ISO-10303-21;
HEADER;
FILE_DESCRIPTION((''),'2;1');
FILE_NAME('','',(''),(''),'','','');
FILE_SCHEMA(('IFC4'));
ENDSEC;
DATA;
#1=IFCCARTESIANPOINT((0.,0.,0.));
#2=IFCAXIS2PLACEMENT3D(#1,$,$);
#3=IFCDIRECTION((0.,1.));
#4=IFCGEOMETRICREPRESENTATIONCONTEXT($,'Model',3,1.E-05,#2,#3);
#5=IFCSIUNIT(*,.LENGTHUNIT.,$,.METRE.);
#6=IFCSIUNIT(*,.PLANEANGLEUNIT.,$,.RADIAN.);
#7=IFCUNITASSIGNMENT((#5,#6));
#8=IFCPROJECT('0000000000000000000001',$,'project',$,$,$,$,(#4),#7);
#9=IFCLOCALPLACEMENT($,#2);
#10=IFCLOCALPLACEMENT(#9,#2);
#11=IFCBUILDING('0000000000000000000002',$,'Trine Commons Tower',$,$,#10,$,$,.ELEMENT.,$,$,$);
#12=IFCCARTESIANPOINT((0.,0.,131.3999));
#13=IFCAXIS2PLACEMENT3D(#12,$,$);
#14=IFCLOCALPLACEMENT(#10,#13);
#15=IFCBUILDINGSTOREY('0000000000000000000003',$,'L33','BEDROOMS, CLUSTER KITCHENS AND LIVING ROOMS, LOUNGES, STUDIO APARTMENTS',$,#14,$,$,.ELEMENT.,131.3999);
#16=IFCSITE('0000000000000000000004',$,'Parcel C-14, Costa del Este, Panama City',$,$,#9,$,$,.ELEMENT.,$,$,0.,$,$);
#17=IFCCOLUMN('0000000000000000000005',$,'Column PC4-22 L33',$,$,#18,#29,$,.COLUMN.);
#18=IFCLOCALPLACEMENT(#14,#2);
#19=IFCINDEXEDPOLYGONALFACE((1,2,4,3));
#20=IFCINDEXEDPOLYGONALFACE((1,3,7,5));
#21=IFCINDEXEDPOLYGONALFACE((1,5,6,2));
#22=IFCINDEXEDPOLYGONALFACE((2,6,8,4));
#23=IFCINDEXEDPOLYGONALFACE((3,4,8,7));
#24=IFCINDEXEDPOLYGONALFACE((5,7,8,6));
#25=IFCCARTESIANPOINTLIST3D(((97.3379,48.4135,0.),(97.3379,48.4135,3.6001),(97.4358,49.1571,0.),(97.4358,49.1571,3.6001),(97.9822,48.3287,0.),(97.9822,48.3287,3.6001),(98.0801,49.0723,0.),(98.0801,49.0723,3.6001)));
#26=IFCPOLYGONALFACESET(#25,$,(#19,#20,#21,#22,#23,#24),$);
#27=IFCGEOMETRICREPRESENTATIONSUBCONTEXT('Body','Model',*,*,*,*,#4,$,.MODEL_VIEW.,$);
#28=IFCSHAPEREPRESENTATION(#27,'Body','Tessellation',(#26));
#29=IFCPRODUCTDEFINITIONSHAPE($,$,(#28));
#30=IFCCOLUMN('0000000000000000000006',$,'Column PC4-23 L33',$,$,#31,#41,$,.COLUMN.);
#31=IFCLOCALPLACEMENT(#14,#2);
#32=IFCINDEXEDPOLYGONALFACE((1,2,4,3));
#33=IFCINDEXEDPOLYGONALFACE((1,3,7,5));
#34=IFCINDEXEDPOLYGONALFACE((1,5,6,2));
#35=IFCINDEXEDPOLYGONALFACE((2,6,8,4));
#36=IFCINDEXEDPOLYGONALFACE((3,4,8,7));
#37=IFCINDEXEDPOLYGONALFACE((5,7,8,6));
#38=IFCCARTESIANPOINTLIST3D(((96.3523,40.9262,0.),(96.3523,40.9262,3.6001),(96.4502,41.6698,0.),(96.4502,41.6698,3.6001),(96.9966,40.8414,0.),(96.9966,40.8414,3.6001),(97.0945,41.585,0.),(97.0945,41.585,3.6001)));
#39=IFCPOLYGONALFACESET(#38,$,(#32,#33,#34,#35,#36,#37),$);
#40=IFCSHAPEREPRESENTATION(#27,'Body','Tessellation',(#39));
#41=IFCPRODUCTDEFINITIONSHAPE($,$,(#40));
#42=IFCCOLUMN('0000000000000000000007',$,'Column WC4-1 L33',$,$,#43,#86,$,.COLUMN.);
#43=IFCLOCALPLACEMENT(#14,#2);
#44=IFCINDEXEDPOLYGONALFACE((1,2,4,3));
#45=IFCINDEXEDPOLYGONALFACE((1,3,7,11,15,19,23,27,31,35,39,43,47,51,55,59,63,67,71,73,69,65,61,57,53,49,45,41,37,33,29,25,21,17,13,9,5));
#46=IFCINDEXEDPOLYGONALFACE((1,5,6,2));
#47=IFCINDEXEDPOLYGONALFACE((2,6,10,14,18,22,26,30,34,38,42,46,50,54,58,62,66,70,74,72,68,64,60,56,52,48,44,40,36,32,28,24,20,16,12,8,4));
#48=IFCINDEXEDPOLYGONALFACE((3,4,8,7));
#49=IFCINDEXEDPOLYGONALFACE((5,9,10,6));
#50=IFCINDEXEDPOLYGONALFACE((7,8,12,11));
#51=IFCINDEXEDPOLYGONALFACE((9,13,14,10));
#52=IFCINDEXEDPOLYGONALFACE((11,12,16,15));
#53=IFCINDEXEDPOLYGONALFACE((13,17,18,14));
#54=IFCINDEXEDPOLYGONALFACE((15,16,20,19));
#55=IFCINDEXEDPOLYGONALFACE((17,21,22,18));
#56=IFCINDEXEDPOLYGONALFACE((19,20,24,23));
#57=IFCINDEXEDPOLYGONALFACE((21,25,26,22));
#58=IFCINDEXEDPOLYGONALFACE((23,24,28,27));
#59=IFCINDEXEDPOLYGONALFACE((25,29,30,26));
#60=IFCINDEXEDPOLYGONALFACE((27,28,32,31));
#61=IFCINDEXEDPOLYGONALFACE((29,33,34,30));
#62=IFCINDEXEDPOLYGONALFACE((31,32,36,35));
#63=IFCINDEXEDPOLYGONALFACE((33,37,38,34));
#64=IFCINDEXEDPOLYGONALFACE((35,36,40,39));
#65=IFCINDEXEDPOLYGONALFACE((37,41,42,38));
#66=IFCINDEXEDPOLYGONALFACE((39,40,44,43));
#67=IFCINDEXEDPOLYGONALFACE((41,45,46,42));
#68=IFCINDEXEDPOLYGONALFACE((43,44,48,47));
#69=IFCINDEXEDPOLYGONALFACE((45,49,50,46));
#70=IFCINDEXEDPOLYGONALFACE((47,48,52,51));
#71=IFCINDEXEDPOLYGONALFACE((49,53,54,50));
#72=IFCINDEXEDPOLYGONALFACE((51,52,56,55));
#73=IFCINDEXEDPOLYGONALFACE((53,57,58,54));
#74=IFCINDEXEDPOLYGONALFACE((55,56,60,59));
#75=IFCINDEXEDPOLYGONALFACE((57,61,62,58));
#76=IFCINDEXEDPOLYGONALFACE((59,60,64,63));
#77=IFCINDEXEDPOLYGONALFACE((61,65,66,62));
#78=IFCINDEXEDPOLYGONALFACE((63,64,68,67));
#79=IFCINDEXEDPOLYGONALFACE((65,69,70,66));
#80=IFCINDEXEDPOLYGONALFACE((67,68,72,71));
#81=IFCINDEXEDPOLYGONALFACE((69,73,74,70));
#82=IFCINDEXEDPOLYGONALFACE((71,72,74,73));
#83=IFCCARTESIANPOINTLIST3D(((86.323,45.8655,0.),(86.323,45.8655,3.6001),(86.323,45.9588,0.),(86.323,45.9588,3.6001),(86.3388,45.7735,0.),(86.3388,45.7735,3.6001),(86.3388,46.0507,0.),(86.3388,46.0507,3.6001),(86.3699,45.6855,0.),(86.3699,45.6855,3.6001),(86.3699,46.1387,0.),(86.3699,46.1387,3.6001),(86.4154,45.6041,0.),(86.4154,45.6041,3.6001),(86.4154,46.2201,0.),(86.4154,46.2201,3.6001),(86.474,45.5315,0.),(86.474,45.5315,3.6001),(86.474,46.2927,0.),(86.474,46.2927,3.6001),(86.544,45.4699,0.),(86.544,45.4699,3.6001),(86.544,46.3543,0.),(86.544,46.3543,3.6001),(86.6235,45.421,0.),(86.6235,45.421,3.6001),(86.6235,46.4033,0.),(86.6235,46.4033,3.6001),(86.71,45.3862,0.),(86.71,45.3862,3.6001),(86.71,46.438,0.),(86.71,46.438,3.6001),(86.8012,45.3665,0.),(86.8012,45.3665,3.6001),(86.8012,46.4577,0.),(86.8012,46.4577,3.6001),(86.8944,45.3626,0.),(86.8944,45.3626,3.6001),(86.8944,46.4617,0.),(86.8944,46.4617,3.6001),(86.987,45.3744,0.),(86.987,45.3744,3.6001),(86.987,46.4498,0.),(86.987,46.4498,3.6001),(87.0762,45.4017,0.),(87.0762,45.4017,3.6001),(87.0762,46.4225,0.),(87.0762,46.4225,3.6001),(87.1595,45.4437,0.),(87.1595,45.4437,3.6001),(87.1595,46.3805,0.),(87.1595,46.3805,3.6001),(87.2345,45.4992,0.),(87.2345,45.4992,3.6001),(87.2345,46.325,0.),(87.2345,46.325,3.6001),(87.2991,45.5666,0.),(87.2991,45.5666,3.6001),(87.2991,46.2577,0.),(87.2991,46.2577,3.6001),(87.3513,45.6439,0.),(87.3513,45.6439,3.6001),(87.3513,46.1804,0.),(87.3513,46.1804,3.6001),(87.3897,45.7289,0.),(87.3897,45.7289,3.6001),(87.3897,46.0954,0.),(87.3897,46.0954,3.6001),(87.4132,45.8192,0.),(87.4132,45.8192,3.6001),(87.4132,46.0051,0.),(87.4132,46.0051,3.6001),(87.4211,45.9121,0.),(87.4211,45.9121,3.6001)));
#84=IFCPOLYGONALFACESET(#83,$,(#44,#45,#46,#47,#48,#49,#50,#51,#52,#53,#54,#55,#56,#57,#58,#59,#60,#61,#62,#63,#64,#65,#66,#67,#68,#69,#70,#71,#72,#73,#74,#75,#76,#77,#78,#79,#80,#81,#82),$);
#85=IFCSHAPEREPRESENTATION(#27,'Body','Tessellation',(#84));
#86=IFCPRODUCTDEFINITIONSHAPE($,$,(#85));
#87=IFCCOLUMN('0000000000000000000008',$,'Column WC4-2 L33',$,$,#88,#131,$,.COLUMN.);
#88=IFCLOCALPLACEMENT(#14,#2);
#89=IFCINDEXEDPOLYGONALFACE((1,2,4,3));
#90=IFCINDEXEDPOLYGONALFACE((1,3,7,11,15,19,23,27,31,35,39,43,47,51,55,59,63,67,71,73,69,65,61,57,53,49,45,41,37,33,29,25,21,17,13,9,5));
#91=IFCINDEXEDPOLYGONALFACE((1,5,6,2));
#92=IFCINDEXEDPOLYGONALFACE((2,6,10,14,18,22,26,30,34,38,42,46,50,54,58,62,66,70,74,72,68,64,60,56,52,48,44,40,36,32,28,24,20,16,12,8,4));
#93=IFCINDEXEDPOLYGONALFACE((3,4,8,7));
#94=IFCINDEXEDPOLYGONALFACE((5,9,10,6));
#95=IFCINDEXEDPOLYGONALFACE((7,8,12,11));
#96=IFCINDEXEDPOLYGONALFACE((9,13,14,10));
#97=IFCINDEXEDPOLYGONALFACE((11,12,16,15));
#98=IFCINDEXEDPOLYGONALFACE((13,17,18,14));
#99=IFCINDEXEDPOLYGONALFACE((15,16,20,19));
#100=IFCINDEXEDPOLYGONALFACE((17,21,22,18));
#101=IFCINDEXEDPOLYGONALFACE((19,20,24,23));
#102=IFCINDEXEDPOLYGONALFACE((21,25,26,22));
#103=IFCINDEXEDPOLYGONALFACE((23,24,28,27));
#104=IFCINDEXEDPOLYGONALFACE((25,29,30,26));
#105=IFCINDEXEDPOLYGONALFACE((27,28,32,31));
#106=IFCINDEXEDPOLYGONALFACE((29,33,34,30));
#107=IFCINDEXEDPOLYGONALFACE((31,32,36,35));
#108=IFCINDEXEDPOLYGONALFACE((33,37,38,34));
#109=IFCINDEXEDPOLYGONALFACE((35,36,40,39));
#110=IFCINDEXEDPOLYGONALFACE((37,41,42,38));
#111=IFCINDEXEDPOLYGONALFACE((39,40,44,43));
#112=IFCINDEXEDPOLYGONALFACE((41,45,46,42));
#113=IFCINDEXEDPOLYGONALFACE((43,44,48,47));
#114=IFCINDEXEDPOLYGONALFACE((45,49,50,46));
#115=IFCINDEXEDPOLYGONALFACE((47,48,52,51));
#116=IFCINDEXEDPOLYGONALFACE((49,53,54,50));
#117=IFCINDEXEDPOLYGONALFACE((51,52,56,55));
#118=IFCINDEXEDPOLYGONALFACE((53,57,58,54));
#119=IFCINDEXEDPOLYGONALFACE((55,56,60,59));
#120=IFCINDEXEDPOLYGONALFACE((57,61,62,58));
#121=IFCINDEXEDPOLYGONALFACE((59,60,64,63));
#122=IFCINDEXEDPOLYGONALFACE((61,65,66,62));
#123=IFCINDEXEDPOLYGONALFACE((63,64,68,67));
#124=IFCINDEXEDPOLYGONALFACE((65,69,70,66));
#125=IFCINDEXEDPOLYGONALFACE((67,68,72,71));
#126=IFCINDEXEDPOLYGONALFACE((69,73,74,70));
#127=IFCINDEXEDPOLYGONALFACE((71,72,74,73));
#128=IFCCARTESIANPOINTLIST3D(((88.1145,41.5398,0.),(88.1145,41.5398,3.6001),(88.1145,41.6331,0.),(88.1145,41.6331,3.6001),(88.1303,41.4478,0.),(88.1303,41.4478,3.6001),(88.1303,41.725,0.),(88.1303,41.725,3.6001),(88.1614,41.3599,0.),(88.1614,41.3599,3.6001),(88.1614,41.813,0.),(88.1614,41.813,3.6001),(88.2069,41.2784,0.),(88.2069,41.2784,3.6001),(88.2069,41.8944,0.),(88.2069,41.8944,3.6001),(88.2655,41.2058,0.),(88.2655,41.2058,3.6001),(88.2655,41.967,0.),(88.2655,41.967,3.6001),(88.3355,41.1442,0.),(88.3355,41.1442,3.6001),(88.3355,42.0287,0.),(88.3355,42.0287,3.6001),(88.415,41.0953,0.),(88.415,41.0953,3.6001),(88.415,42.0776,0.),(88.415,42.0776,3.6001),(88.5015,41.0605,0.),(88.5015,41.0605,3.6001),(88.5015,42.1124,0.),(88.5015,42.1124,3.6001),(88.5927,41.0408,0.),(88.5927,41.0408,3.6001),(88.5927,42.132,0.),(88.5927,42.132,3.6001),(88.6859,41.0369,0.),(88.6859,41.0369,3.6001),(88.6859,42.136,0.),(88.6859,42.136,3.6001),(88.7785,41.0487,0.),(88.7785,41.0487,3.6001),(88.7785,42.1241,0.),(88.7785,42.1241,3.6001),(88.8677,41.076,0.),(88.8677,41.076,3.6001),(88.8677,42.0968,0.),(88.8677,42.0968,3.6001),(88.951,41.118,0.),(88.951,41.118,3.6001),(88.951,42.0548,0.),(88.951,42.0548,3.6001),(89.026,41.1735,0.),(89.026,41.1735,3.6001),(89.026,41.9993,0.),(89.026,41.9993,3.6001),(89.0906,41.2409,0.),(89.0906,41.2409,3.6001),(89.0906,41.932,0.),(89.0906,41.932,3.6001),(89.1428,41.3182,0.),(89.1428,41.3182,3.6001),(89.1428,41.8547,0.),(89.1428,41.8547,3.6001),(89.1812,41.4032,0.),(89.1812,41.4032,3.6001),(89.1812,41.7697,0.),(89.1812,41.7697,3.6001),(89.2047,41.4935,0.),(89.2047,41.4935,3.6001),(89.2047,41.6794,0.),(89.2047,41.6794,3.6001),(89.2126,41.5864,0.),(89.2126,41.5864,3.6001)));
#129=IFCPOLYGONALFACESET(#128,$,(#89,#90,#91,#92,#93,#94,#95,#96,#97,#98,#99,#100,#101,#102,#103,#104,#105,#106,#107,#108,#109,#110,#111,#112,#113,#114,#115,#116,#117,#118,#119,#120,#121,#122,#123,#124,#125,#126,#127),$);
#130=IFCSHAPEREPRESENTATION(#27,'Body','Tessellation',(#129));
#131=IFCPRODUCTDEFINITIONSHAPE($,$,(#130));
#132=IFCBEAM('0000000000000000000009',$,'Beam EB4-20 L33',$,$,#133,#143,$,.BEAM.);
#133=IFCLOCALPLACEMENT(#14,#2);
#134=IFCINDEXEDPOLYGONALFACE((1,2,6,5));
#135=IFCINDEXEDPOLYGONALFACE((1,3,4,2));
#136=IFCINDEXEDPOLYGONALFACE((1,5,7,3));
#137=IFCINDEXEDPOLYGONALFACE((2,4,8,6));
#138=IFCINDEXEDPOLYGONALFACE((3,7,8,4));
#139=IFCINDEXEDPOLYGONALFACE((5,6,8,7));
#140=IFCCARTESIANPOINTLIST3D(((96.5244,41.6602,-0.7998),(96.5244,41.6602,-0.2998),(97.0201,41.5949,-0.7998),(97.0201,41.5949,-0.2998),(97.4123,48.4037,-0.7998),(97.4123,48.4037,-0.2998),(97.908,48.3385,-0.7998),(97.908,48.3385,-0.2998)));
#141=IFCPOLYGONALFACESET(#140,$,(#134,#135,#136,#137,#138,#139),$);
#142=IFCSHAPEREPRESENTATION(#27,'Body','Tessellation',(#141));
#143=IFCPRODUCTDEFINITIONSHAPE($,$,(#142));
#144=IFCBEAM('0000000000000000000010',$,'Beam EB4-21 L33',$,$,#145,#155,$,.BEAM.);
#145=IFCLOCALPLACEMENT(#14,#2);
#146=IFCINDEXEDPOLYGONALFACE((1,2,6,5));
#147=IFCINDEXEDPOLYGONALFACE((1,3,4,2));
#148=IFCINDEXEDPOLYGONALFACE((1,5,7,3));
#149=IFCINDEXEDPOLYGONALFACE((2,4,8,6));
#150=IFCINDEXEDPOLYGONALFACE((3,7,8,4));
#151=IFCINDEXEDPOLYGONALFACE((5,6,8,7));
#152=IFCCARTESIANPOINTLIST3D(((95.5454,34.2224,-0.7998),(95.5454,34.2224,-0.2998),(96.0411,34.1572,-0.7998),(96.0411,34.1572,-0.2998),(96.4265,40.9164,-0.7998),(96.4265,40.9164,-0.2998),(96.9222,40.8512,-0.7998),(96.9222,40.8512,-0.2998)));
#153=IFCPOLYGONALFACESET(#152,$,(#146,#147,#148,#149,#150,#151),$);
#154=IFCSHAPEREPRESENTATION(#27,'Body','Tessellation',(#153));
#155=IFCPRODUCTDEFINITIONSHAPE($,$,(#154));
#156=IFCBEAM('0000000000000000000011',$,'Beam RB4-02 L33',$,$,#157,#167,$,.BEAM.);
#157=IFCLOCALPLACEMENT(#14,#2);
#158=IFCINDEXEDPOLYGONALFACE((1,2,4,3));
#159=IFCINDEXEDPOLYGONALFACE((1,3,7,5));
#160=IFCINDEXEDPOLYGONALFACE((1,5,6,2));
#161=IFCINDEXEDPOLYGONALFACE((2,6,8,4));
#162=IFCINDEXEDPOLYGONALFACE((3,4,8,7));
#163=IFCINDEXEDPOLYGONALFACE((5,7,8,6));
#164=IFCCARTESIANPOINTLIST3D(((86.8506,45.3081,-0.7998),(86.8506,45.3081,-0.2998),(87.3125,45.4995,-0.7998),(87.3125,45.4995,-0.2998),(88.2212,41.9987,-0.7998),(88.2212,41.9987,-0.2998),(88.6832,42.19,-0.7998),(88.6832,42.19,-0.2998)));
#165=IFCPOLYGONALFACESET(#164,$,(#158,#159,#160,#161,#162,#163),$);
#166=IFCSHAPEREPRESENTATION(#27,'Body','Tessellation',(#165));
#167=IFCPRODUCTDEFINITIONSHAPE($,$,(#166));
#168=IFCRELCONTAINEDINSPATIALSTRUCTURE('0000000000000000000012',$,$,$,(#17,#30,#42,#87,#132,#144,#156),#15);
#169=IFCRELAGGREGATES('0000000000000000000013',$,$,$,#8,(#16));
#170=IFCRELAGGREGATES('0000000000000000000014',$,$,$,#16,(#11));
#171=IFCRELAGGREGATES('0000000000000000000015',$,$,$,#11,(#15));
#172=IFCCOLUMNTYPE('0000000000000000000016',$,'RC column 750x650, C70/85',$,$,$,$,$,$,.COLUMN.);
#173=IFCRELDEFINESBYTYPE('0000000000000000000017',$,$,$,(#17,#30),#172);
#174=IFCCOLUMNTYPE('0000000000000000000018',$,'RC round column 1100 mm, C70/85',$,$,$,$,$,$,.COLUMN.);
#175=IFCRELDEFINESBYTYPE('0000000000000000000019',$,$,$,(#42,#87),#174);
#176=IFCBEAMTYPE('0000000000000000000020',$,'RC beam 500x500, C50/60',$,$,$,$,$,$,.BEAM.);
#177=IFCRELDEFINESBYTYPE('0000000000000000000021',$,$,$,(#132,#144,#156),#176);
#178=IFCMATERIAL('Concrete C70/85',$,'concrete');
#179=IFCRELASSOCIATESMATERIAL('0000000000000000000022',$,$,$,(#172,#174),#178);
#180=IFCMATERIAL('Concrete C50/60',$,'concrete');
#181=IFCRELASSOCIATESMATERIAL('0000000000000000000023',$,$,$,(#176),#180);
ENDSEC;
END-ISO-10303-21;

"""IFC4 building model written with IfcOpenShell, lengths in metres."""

from ifc_helpers import new_model, si_unit, direction, frame, origin, origin_2d, place, context, subcontext, project, spatial, rectangle, circle, extrude, material, material_profile, profile_set, type_object, element, save


model = new_model("IFC4")

# Units and contexts
model_context = context("Model", 3, precision=1e-05, world=origin(), true_north=direction((0.0, 1.0)))
body_context = subcontext(model_context, "Body", "Model", "MODEL_VIEW")
ifc_project = project(units=[si_unit("LENGTHUNIT", "METRE"), si_unit("PLANEANGLEUNIT", "RADIAN")], contexts=[model_context])

# Site, building, storey
site_placement = place(None, origin())
site = spatial("IfcSite", under=ifc_project, at=site_placement, Name="Parcel C-14, Costa del Este, Panama City", CompositionType="ELEMENT", RefElevation=0.0)
building_placement = place(site_placement, origin())
building = spatial("IfcBuilding", under=site, at=building_placement, Name="Trine Commons Tower", CompositionType="ELEMENT")
storey_placement = place(building_placement, frame((0.0, 0.0, 131.3999)))
storey = spatial("IfcBuildingStorey", under=building, at=storey_placement, Name="L33", Description="BEDROOMS, CLUSTER KITCHENS AND LIVING ROOMS, LOUNGES, STUDIO APARTMENTS", CompositionType="ELEMENT", Elevation=131.3999)

# Columns
ifc_material_1 = material(Name="Concrete C70/85", Category="concrete")
ifc_material_profile_1 = material_profile(ifc_material_1, rectangle(XDim=0.75, YDim=0.6499, at=origin_2d()), Name="RC 750x650")
ifc_profile_set_1 = profile_set([ifc_material_profile_1], Name="Concrete C70/85")
column_type_1 = type_object("IfcColumnType", Name="RC column 750x650, C70/85", PredefinedType="COLUMN", material=ifc_profile_set_1)
for number, where, z_axis, x_axis, name in (
    (1, (97.709, 48.7429, 0.0), (0.0, 0.0, 1.0), (0.130526, 0.991445, 0.0), "Column PC4-22 L33"),
    (2, (96.7234, 41.2556, 0.0), (0.0, 0.0, 1.0), (0.130526, 0.991445, 0.0), "Column PC4-23 L33"),
):
    element("IfcColumn", number, at=place(storey_placement, frame(where, z_axis=z_axis, x_axis=x_axis)), inside=storey, type_object=column_type_1, Name=name, PredefinedType="COLUMN", context=body_context, shape_type="SweptSolid", body=[
        extrude(rectangle(XDim=0.75, YDim=0.6499, at=origin_2d()), origin(), (0.0, 0.0, 1.0), 3.6001),
    ])
ifc_material_profile_2 = material_profile(ifc_material_1, circle(Radius=0.55, at=origin_2d()), Name="RC round 1100")
ifc_profile_set_2 = profile_set([ifc_material_profile_2], Name="Concrete C70/85")
column_type_2 = type_object("IfcColumnType", Name="RC round column 1100 mm, C70/85", PredefinedType="COLUMN", material=ifc_profile_set_2)
for number, where, z_axis, x_axis, name in (
    (3, (86.8711, 45.9121, 0.0), (0.0, 0.0, 1.0), (1.0, 0.0, 0.0), "Column WC4-1 L33"),
    (4, (88.6626, 41.5864, 0.0), (0.0, 0.0, 1.0), (1.0, 0.0, 0.0), "Column WC4-2 L33"),
):
    element("IfcColumn", number, at=place(storey_placement, frame(where, z_axis=z_axis, x_axis=x_axis)), inside=storey, type_object=column_type_2, Name=name, PredefinedType="COLUMN", context=body_context, shape_type="SweptSolid", body=[
        extrude(circle(Radius=0.55, at=origin_2d()), origin(), (0.0, 0.0, 1.0), 3.6001),
    ])

# Beams
ifc_material_2 = material(Name="Concrete C50/60", Category="concrete")
ifc_material_profile_3 = material_profile(ifc_material_2, rectangle(XDim=0.5, YDim=0.5, at=origin_2d()), Name="RC 500x500")
ifc_profile_set_3 = profile_set([ifc_material_profile_3], Name="Concrete C50/60")
beam_type = type_object("IfcBeamType", Name="RC beam 500x500, C50/60", PredefinedType="BEAM", material=ifc_profile_set_3)
beam_1_placement = place(storey_placement, frame((97.6602, 48.3711, -0.5498), z_axis=(-0.130544, -0.991443, 0.0), x_axis=(0.991443, -0.130544, 0.0)))
element("IfcBeam", 5, at=beam_1_placement, inside=storey, type_object=beam_type, Name="Beam EB4-20 L33", PredefinedType="BEAM", context=body_context, shape_type="SweptSolid", body=[
    extrude(rectangle(XDim=0.5, YDim=0.5, at=origin_2d()), origin(), (0.0, 0.0, 1.0), 6.8018),
])
beam_2_placement = place(storey_placement, frame((96.6743, 40.8838, -0.5498), z_axis=(-0.130498, -0.991449, 0.0), x_axis=(0.991449, -0.130498, 0.0)))
element("IfcBeam", 6, at=beam_2_placement, inside=storey, type_object=beam_type, Name="Beam EB4-21 L33", PredefinedType="BEAM", context=body_context, shape_type="SweptSolid", body=[
    extrude(rectangle(XDim=0.5, YDim=0.5, at=origin_2d()), origin(), (0.0, 0.0, 1.0), 6.7517),
])
beam_3_placement = place(storey_placement, frame((87.0815, 45.4038, -0.5498), z_axis=(0.382645, -0.923896, 0.0), x_axis=(0.923896, 0.382645, 0.0)))
element("IfcBeam", 7, at=beam_3_placement, inside=storey, type_object=beam_type, Name="Beam RB4-02 L33", PredefinedType="BEAM", context=body_context, shape_type="SweptSolid", body=[
    extrude(rectangle(XDim=0.5, YDim=0.5, at=origin_2d()), origin(), (0.0, 0.0, 1.0), 3.582),
])

save(model, "model.ifc")
